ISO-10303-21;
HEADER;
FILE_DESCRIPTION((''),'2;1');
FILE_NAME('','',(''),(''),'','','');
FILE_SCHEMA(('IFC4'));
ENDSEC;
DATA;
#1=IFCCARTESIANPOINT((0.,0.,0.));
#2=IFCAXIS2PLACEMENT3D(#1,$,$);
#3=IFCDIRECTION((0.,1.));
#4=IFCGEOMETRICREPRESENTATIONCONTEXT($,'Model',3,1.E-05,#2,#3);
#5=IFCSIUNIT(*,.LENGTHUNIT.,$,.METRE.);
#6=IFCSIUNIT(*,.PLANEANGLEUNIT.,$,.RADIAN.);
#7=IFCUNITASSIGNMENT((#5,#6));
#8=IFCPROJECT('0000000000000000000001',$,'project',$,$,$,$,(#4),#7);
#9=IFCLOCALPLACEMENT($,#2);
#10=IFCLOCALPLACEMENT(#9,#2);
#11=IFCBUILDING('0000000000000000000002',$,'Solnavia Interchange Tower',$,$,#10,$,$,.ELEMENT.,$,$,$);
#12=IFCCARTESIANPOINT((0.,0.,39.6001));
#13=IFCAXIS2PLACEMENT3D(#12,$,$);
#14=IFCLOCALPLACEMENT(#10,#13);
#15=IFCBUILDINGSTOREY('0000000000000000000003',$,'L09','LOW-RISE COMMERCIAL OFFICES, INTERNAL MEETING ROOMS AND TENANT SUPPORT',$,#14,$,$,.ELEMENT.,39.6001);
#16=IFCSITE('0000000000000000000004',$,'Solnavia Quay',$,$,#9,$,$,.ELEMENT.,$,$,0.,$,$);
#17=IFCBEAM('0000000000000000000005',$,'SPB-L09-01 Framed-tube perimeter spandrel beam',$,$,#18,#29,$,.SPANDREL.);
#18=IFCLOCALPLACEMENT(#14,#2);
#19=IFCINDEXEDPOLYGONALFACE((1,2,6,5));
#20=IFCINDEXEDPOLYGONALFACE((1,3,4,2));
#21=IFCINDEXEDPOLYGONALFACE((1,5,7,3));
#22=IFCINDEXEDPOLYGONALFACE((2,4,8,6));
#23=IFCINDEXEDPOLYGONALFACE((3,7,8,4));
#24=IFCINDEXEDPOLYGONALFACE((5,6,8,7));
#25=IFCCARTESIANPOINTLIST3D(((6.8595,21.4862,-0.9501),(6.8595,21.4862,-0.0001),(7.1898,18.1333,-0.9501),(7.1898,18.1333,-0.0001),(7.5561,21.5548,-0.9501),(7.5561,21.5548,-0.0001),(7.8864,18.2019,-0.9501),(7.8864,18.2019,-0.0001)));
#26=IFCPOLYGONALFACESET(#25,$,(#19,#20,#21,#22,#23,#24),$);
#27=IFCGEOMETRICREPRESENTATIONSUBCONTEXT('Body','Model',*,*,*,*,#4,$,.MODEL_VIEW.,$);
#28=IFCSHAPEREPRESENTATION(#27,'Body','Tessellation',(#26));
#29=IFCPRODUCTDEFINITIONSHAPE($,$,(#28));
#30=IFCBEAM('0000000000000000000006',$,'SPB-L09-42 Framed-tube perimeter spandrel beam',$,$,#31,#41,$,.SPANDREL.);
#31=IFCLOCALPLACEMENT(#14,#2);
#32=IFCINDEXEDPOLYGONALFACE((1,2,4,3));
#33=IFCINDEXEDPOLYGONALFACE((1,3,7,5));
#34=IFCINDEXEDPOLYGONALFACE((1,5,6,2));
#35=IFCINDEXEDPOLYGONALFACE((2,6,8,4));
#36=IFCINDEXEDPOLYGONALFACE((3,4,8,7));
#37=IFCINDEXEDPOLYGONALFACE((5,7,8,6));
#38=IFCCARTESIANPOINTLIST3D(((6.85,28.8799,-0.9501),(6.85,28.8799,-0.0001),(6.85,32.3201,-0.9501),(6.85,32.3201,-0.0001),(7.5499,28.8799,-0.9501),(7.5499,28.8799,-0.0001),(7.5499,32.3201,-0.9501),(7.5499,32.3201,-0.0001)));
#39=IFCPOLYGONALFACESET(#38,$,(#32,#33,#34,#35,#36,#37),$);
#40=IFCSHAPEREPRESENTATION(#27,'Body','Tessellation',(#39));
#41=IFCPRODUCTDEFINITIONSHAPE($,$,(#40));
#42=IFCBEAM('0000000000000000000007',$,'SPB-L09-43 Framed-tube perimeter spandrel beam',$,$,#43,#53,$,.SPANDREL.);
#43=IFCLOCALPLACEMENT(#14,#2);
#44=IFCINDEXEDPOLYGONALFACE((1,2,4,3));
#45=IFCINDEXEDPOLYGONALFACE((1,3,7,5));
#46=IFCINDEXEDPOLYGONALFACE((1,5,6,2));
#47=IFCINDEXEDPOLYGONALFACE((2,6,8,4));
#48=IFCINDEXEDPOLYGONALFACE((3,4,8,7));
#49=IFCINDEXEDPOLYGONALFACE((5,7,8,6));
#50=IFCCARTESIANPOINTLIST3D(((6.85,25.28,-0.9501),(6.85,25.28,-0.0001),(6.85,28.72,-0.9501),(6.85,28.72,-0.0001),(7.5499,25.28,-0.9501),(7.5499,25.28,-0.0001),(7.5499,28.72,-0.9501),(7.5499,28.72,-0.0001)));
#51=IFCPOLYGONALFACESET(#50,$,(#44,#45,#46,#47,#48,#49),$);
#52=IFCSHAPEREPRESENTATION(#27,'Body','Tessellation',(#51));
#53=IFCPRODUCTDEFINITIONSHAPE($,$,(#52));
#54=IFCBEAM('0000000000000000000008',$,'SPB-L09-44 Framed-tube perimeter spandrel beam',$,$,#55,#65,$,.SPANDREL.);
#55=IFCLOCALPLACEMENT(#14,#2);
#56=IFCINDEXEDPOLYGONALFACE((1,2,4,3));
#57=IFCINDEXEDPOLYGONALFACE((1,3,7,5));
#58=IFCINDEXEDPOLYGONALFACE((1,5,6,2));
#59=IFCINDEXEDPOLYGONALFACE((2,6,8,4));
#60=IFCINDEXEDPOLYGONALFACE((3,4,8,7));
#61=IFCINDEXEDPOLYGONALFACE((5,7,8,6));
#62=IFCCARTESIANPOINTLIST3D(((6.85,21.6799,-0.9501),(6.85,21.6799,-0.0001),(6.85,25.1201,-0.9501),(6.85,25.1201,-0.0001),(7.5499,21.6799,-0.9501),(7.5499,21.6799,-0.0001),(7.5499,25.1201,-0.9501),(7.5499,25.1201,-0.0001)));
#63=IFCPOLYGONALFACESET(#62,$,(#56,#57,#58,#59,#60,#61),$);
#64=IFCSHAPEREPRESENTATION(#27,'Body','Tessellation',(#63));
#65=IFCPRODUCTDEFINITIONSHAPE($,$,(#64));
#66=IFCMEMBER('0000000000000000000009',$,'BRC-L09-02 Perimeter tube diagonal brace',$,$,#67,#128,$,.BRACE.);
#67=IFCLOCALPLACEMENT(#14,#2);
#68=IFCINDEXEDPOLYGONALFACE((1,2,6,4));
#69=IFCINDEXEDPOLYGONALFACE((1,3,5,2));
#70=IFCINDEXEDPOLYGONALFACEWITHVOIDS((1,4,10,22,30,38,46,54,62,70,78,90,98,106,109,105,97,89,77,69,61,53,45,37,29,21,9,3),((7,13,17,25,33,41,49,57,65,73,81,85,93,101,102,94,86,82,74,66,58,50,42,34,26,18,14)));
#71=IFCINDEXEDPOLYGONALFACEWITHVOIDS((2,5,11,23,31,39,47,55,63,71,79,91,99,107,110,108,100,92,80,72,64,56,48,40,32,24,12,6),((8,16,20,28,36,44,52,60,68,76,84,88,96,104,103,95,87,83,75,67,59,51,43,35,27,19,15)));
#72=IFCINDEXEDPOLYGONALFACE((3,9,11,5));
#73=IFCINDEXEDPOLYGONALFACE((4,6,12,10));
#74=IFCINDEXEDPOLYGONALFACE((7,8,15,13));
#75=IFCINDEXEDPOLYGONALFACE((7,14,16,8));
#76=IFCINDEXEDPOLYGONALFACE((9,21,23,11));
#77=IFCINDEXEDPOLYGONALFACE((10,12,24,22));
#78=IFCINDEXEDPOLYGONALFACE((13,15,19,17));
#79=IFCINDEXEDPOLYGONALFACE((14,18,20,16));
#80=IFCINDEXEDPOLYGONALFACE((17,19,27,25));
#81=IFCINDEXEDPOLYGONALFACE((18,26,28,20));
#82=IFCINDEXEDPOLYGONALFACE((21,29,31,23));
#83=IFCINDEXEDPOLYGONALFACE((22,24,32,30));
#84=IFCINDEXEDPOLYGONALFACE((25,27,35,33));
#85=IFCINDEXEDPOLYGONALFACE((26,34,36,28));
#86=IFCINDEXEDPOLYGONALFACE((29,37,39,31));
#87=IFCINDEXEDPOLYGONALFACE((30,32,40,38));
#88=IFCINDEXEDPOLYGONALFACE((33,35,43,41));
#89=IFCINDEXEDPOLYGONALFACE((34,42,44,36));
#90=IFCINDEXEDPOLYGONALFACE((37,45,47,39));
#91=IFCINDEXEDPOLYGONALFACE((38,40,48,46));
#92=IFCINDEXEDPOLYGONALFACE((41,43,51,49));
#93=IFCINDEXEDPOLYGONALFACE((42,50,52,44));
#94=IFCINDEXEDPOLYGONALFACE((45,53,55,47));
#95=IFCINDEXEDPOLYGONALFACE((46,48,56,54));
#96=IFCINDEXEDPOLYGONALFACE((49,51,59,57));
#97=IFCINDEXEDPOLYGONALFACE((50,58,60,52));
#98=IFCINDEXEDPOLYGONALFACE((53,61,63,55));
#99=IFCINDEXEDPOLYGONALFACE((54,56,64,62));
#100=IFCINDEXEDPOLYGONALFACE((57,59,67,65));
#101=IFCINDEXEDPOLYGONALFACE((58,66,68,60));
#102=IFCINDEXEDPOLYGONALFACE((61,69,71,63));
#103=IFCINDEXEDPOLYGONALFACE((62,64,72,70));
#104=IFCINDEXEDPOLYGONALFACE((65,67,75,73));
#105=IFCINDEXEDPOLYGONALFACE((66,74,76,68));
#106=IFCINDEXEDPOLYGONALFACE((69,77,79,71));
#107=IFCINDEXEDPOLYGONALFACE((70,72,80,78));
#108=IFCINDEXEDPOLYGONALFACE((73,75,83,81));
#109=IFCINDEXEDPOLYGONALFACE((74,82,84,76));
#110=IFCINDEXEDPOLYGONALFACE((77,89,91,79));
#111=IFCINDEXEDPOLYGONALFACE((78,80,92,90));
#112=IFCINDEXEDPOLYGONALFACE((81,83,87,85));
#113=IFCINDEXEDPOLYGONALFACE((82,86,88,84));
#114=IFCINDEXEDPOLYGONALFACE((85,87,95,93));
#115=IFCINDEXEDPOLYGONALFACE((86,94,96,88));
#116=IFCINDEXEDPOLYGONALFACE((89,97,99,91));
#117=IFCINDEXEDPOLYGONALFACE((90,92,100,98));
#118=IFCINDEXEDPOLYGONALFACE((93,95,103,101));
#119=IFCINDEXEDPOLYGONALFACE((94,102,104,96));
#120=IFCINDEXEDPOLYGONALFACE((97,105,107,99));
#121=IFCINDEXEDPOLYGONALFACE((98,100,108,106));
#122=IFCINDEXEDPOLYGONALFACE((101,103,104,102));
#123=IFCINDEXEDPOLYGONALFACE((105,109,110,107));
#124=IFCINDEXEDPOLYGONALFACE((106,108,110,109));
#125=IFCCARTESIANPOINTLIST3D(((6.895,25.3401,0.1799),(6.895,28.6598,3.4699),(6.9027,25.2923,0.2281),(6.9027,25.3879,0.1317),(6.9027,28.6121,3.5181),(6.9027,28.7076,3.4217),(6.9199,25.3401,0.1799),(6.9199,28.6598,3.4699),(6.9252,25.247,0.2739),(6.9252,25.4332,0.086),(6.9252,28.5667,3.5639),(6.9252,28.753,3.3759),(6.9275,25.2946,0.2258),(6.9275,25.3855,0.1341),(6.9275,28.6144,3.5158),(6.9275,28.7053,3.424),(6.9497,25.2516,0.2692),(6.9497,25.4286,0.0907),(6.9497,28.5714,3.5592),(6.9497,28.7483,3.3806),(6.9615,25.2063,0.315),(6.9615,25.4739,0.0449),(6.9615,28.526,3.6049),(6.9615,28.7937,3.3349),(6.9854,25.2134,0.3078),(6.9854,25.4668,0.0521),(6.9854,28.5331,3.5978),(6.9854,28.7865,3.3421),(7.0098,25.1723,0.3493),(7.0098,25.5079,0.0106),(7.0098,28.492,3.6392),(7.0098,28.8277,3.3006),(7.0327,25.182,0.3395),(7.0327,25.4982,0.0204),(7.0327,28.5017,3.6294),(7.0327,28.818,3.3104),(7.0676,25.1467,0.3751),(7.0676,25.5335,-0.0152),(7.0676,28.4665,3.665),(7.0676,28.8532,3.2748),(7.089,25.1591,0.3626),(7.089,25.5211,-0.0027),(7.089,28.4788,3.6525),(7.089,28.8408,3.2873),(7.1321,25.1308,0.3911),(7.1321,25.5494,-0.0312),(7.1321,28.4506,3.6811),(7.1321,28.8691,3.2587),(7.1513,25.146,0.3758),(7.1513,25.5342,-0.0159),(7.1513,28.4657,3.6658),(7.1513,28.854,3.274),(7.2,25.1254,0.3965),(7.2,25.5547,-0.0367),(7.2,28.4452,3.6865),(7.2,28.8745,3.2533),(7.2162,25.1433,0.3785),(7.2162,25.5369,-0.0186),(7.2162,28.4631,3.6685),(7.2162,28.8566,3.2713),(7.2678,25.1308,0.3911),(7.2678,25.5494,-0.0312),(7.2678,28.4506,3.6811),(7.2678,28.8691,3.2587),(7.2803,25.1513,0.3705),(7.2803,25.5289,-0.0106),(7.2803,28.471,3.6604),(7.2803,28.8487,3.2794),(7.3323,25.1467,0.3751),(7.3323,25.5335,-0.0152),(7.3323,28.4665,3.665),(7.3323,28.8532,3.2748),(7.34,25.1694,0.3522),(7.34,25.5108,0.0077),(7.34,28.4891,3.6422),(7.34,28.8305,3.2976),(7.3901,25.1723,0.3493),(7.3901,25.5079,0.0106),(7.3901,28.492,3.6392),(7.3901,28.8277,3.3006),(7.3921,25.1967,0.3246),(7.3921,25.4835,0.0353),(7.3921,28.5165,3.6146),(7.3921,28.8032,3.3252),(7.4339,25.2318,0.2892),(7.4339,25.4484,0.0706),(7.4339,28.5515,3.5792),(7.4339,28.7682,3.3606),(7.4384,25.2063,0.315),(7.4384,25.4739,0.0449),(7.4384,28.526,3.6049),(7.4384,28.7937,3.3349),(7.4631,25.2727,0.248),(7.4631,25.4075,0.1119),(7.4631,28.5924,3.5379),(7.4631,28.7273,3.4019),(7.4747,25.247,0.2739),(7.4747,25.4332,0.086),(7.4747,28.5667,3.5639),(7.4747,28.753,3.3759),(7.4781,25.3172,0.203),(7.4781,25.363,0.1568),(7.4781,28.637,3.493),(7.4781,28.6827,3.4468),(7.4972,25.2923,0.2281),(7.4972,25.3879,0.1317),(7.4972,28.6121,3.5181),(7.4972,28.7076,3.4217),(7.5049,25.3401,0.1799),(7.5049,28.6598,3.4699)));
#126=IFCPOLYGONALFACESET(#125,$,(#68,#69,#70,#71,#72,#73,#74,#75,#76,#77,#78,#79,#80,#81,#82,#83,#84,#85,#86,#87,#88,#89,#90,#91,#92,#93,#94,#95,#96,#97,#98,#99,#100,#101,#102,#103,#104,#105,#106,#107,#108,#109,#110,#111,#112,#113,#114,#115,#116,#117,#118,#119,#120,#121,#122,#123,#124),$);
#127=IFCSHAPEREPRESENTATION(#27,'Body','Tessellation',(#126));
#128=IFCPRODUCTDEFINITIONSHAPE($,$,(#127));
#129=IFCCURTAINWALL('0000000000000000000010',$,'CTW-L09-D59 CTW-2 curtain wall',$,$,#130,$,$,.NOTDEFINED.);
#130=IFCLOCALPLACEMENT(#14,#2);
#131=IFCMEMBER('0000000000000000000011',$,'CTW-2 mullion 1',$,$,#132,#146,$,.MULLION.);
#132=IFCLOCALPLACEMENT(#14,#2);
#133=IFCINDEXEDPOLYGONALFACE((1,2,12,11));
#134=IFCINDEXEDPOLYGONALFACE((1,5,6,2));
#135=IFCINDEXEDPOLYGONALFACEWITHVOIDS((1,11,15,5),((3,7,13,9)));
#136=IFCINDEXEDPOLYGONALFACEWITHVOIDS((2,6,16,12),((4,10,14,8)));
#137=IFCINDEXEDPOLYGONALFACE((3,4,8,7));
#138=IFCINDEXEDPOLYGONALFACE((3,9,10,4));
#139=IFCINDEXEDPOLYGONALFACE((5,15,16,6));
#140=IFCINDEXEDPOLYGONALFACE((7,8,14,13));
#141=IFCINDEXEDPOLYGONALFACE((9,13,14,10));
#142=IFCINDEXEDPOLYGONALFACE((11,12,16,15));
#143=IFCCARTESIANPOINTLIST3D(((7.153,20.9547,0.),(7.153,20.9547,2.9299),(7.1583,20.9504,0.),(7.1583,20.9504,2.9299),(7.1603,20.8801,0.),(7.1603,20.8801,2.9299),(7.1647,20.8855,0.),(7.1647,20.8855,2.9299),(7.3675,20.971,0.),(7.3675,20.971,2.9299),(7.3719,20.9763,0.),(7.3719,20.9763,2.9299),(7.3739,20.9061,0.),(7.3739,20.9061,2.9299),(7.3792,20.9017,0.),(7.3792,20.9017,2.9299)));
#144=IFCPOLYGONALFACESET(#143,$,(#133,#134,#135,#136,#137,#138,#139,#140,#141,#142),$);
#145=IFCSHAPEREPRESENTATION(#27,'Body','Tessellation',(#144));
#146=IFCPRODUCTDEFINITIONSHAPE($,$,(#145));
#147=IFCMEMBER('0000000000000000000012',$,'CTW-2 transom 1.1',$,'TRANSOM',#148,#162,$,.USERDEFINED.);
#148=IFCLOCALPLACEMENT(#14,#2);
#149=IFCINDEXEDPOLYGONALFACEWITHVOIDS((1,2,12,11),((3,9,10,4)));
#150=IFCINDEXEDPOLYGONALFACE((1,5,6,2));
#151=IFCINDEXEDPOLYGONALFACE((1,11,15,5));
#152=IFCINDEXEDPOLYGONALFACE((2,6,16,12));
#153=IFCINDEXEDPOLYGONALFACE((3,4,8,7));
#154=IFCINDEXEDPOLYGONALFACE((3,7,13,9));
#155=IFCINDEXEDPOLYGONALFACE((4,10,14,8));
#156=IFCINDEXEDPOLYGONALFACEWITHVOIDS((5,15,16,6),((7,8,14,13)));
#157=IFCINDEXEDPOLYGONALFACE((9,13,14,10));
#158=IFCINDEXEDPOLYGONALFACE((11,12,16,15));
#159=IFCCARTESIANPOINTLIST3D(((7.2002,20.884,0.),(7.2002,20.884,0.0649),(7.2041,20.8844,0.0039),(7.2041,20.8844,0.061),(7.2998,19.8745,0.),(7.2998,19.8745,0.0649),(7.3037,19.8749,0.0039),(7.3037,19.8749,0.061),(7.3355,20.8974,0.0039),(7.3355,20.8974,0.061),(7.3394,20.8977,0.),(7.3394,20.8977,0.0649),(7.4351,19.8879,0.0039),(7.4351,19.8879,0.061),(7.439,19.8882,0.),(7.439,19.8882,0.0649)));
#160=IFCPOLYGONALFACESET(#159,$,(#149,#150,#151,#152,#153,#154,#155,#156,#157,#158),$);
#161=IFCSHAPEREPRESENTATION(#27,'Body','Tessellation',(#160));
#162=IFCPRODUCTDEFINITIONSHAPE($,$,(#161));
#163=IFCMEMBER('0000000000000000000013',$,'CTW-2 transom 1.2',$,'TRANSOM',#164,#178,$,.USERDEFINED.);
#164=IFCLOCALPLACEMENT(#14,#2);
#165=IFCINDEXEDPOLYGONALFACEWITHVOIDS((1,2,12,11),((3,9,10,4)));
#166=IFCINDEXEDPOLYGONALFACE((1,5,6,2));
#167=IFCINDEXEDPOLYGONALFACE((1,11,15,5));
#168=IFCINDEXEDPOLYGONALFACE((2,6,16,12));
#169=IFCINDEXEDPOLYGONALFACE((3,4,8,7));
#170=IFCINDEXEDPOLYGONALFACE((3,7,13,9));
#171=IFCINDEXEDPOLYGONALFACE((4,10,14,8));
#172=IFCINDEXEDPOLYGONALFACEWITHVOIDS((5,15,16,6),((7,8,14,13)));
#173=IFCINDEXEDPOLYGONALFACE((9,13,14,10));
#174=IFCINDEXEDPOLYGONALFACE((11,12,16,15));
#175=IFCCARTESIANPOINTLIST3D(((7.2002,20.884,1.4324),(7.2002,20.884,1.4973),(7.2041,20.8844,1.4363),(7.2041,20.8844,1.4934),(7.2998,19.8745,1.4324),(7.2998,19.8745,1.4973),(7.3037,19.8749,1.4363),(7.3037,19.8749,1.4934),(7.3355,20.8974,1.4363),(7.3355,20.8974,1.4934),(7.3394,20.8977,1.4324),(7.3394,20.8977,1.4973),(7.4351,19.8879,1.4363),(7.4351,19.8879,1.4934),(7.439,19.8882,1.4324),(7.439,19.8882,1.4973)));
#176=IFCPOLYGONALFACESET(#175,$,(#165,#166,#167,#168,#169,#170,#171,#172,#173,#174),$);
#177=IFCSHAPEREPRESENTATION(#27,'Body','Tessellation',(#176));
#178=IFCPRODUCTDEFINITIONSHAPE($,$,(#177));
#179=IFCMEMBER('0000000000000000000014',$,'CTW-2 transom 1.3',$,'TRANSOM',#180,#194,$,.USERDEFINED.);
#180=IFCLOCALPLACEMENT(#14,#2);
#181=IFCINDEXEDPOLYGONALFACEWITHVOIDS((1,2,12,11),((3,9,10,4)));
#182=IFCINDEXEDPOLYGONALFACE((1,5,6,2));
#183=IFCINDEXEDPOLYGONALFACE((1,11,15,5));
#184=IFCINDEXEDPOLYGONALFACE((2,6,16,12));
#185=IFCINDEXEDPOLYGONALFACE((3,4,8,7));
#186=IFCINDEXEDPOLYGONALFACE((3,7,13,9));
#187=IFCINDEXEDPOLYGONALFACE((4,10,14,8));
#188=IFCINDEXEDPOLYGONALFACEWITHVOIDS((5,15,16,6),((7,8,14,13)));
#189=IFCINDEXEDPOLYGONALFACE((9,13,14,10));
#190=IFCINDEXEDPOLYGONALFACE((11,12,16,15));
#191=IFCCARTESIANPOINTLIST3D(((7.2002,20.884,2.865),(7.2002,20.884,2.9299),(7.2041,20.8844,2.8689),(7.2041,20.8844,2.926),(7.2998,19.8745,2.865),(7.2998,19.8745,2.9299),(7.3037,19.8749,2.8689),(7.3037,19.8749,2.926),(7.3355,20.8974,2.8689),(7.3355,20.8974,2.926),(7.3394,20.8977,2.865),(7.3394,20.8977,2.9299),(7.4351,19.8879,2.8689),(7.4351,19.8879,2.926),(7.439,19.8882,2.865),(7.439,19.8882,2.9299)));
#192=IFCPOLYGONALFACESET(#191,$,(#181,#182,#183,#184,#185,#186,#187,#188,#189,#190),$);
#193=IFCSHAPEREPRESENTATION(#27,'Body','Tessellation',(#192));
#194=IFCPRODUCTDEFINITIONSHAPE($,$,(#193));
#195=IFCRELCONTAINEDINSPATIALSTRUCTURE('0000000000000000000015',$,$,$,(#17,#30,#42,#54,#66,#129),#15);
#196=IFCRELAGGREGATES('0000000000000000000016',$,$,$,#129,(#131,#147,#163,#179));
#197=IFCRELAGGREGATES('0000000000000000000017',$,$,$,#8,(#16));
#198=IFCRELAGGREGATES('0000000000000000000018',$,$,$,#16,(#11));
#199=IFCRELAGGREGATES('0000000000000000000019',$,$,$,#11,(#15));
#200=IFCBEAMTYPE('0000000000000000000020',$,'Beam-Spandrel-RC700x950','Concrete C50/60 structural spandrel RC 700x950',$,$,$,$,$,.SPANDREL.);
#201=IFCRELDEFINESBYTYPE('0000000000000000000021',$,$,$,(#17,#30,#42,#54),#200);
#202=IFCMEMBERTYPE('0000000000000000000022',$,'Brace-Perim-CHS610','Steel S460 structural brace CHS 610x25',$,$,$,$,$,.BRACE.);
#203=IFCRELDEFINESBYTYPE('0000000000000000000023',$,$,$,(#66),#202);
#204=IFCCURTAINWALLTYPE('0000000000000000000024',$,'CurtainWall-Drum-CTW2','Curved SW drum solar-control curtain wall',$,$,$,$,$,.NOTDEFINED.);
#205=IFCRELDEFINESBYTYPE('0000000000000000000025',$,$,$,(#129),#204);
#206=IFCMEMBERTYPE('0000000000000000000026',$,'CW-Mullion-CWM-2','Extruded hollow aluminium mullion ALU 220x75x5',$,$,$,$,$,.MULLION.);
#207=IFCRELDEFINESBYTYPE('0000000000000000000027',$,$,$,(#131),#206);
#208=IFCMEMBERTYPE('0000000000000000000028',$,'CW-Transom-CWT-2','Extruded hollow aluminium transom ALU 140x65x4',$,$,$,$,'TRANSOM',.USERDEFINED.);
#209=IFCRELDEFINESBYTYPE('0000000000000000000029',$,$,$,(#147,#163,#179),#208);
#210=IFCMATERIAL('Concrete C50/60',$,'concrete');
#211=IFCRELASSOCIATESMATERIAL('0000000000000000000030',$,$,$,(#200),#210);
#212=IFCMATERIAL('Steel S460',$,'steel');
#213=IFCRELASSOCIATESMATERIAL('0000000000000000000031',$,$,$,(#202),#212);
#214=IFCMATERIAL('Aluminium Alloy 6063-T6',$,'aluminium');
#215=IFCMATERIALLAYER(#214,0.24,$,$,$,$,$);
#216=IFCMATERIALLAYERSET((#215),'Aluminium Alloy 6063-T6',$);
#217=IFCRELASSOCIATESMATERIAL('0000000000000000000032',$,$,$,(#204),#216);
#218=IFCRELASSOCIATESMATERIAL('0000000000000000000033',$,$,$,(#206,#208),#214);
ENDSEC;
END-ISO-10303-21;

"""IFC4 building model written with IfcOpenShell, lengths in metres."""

from ifc_helpers import new_model, si_unit, direction, frame, origin, origin_2d, place, context, subcontext, project, spatial, rectangle, hollow_rectangle, hollow_circle, extrude, material, layer, layer_set, material_profile, profile_set, type_object, element, aggregate, save


model = new_model("IFC4")

# Units and contexts
model_context = context("Model", 3, precision=1e-05, world=origin(), true_north=direction((0.0, 1.0)))
body_context = subcontext(model_context, "Body", "Model", "MODEL_VIEW")
ifc_project = project(units=[si_unit("LENGTHUNIT", "METRE"), si_unit("PLANEANGLEUNIT", "RADIAN")], contexts=[model_context])

# Site, building, storey
site_placement = place(None, origin())
site = spatial("IfcSite", under=ifc_project, at=site_placement, Name="Solnavia Quay", CompositionType="ELEMENT", RefElevation=0.0)
building_placement = place(site_placement, origin())
building = spatial("IfcBuilding", under=site, at=building_placement, Name="Solnavia Interchange Tower", CompositionType="ELEMENT")
storey_placement = place(building_placement, frame((0.0, 0.0, 39.6001)))
storey = spatial("IfcBuildingStorey", under=building, at=storey_placement, Name="L09", Description="LOW-RISE COMMERCIAL OFFICES, INTERNAL MEETING ROOMS AND TENANT SUPPORT", CompositionType="ELEMENT", Elevation=39.6001)

# Beams
ifc_material_1 = material(Name="Steel S460", Category="steel")
ifc_material_2 = material(Name="Concrete C50/60", Category="concrete")
ifc_material_profile_1 = material_profile(ifc_material_2, rectangle(XDim=0.7, YDim=0.95, at=origin_2d()), Name="RC 700x950")
ifc_profile_set_1 = profile_set([ifc_material_profile_1], Name="Concrete C50/60")
beam_type_1 = type_object("IfcBeamType", Name="Beam-Spandrel-RC700x950", Description="Concrete C50/60 structural spandrel RC 700x950", PredefinedType="SPANDREL", material=ifc_profile_set_1)
beam_1_placement = place(storey_placement, frame((7.2078, 21.5205, -0.4751), z_axis=(0.09804, -0.995182, 0.0), x_axis=(0.995182, 0.09804, 0.0)))
element("IfcBeam", 1, at=beam_1_placement, inside=storey, type_object=beam_type_1, Name="SPB-L09-01 Framed-tube perimeter spandrel beam", PredefinedType="SPANDREL", context=body_context, shape_type="SweptSolid", body=[
    extrude(rectangle(XDim=0.7, YDim=0.95, at=origin_2d()), origin(), (0.0, 0.0, 1.0), 3.3691),
])
beam_2_placement = place(storey_placement, frame((7.2, 32.3201, -0.4751), z_axis=(0.0, -1.0, 0.0), x_axis=(1.0, 0.0, 0.0)))
element("IfcBeam", 2, at=beam_2_placement, inside=storey, type_object=beam_type_1, Name="SPB-L09-42 Framed-tube perimeter spandrel beam", PredefinedType="SPANDREL", context=body_context, shape_type="SweptSolid", body=[
    extrude(rectangle(XDim=0.7, YDim=0.95, at=origin_2d()), origin(), (0.0, 0.0, 1.0), 3.4402),
])
beam_3_placement = place(storey_placement, frame((7.2, 28.72, -0.4751), z_axis=(0.0, -1.0, 0.0), x_axis=(1.0, 0.0, 0.0)))
element("IfcBeam", 3, at=beam_3_placement, inside=storey, type_object=beam_type_1, Name="SPB-L09-43 Framed-tube perimeter spandrel beam", PredefinedType="SPANDREL", context=body_context, shape_type="SweptSolid", body=[
    extrude(rectangle(XDim=0.7, YDim=0.95, at=origin_2d()), origin(), (0.0, 0.0, 1.0), 3.4399),
])
beam_4_placement = place(storey_placement, frame((7.2, 25.1201, -0.4751), z_axis=(0.0, -1.0, 0.0), x_axis=(1.0, 0.0, 0.0)))
element("IfcBeam", 4, at=beam_4_placement, inside=storey, type_object=beam_type_1, Name="SPB-L09-44 Framed-tube perimeter spandrel beam", PredefinedType="SPANDREL", context=body_context, shape_type="SweptSolid", body=[
    extrude(rectangle(XDim=0.7, YDim=0.95, at=origin_2d()), origin(), (0.0, 0.0, 1.0), 3.4402),
])

# Member
ifc_material_profile_2 = material_profile(ifc_material_1, hollow_circle(Radius=0.3049, WallThickness=0.0249, at=origin_2d()), Name="CHS 610x25")
ifc_profile_set_2 = profile_set([ifc_material_profile_2], Name="Steel S460")
member_type_1 = type_object("IfcMemberType", Name="Brace-Perim-CHS610", Description="Steel S460 structural brace CHS 610x25", PredefinedType="BRACE", material=ifc_profile_set_2)
member_1_placement = place(storey_placement, frame((7.2, 25.3401, 0.1799), z_axis=(0.0, 0.710286, 0.703913), x_axis=(-1.0, 0.0, 0.0)))
element("IfcMember", 5, at=member_1_placement, inside=storey, type_object=member_type_1, Name="BRC-L09-02 Perimeter tube diagonal brace", PredefinedType="BRACE", context=body_context, shape_type="SweptSolid", body=[
    extrude(hollow_circle(Radius=0.3049, WallThickness=0.0249, at=origin_2d()), origin(), (0.0, 0.0, 1.0), 4.6738),
])

# Curtain wall, members
ifc_material_3 = material(Name="Aluminium Alloy 6063-T6", Category="aluminium")
ifc_layer_1 = layer(ifc_material_3, 0.24)
ifc_layer_set_1 = layer_set([ifc_layer_1], Name="Aluminium Alloy 6063-T6")
curtain_wall_type = type_object("IfcCurtainWallType", Name="CurtainWall-Drum-CTW2", Description="Curved SW drum solar-control curtain wall", PredefinedType="NOTDEFINED", material=ifc_layer_set_1)
curtain_wall_placement = place(storey_placement, origin())
curtain_wall = element("IfcCurtainWall", 6, at=curtain_wall_placement, inside=storey, type_object=curtain_wall_type, Name="CTW-L09-D59 CTW-2 curtain wall", PredefinedType="NOTDEFINED")
ifc_material_profile_3 = material_profile(ifc_material_3, hollow_rectangle(XDim=0.075, YDim=0.22, WallThickness=0.0049, at=origin_2d()), Name="ALU 220x75x5")
ifc_profile_set_3 = profile_set([ifc_material_profile_3], Name="Aluminium Alloy 6063-T6")
member_type_2 = type_object("IfcMemberType", Name="CW-Mullion-CWM-2", Description="Extruded hollow aluminium mullion ALU 220x75x5", PredefinedType="MULLION", material=ifc_profile_set_3)
member_2_placement = place(storey_placement, frame((7.2661, 20.9282, 0.0), z_axis=(0.0, 0.0, 1.0), x_axis=(0.098045, -0.995182, 0.0)))
member_2 = element("IfcMember", 7, at=member_2_placement, type_object=member_type_2, Name="CTW-2 mullion 1", PredefinedType="MULLION", context=body_context, shape_type="SweptSolid", body=[
    extrude(hollow_rectangle(XDim=0.075, YDim=0.22, WallThickness=0.0049, at=origin_2d()), origin(), (0.0, 0.0, 1.0), 2.9299),
])
ifc_material_profile_4 = material_profile(ifc_material_3, hollow_rectangle(XDim=0.0649, YDim=0.1399, WallThickness=0.0039, at=origin_2d()), Name="ALU 140x65x4")
ifc_profile_set_4 = profile_set([ifc_material_profile_4], Name="Aluminium Alloy 6063-T6")
member_type_3 = type_object("IfcMemberType", Name="CW-Transom-CWT-2", Description="Extruded hollow aluminium transom ALU 140x65x4", ElementType="TRANSOM", PredefinedType="USERDEFINED", material=ifc_profile_set_4)
member_3_placement = place(storey_placement, frame((7.2698, 20.8909, 0.0325), z_axis=(0.098193, -0.995167, 0.0), x_axis=(0.0, 0.0, 1.0)))
member_3 = element("IfcMember", 8, at=member_3_placement, type_object=member_type_3, Name="CTW-2 transom 1.1", ObjectType="TRANSOM", PredefinedType="USERDEFINED", context=body_context, shape_type="SweptSolid", body=[
    extrude(hollow_rectangle(XDim=0.0649, YDim=0.1399, WallThickness=0.0039, at=origin_2d()), origin(), (0.0, 0.0, 1.0), 1.0144),
])
member_4_placement = place(storey_placement, frame((7.2698, 20.8909, 1.4648), z_axis=(0.098193, -0.995167, 0.0), x_axis=(0.0, 0.0, 1.0)))
member_4 = element("IfcMember", 9, at=member_4_placement, type_object=member_type_3, Name="CTW-2 transom 1.2", ObjectType="TRANSOM", PredefinedType="USERDEFINED", context=body_context, shape_type="SweptSolid", body=[
    extrude(hollow_rectangle(XDim=0.0649, YDim=0.1399, WallThickness=0.0039, at=origin_2d()), origin(), (0.0, 0.0, 1.0), 1.0144),
])
member_5_placement = place(storey_placement, frame((7.2698, 20.8909, 2.8975), z_axis=(0.098193, -0.995167, 0.0), x_axis=(0.0, 0.0, 1.0)))
member_5 = element("IfcMember", 10, at=member_5_placement, type_object=member_type_3, Name="CTW-2 transom 1.3", ObjectType="TRANSOM", PredefinedType="USERDEFINED", context=body_context, shape_type="SweptSolid", body=[
    extrude(hollow_rectangle(XDim=0.0649, YDim=0.1399, WallThickness=0.0039, at=origin_2d()), origin(), (0.0, 0.0, 1.0), 1.0144),
])
aggregate(curtain_wall, [member_2, member_3, member_4, member_5])

save(model, "model.ifc")
